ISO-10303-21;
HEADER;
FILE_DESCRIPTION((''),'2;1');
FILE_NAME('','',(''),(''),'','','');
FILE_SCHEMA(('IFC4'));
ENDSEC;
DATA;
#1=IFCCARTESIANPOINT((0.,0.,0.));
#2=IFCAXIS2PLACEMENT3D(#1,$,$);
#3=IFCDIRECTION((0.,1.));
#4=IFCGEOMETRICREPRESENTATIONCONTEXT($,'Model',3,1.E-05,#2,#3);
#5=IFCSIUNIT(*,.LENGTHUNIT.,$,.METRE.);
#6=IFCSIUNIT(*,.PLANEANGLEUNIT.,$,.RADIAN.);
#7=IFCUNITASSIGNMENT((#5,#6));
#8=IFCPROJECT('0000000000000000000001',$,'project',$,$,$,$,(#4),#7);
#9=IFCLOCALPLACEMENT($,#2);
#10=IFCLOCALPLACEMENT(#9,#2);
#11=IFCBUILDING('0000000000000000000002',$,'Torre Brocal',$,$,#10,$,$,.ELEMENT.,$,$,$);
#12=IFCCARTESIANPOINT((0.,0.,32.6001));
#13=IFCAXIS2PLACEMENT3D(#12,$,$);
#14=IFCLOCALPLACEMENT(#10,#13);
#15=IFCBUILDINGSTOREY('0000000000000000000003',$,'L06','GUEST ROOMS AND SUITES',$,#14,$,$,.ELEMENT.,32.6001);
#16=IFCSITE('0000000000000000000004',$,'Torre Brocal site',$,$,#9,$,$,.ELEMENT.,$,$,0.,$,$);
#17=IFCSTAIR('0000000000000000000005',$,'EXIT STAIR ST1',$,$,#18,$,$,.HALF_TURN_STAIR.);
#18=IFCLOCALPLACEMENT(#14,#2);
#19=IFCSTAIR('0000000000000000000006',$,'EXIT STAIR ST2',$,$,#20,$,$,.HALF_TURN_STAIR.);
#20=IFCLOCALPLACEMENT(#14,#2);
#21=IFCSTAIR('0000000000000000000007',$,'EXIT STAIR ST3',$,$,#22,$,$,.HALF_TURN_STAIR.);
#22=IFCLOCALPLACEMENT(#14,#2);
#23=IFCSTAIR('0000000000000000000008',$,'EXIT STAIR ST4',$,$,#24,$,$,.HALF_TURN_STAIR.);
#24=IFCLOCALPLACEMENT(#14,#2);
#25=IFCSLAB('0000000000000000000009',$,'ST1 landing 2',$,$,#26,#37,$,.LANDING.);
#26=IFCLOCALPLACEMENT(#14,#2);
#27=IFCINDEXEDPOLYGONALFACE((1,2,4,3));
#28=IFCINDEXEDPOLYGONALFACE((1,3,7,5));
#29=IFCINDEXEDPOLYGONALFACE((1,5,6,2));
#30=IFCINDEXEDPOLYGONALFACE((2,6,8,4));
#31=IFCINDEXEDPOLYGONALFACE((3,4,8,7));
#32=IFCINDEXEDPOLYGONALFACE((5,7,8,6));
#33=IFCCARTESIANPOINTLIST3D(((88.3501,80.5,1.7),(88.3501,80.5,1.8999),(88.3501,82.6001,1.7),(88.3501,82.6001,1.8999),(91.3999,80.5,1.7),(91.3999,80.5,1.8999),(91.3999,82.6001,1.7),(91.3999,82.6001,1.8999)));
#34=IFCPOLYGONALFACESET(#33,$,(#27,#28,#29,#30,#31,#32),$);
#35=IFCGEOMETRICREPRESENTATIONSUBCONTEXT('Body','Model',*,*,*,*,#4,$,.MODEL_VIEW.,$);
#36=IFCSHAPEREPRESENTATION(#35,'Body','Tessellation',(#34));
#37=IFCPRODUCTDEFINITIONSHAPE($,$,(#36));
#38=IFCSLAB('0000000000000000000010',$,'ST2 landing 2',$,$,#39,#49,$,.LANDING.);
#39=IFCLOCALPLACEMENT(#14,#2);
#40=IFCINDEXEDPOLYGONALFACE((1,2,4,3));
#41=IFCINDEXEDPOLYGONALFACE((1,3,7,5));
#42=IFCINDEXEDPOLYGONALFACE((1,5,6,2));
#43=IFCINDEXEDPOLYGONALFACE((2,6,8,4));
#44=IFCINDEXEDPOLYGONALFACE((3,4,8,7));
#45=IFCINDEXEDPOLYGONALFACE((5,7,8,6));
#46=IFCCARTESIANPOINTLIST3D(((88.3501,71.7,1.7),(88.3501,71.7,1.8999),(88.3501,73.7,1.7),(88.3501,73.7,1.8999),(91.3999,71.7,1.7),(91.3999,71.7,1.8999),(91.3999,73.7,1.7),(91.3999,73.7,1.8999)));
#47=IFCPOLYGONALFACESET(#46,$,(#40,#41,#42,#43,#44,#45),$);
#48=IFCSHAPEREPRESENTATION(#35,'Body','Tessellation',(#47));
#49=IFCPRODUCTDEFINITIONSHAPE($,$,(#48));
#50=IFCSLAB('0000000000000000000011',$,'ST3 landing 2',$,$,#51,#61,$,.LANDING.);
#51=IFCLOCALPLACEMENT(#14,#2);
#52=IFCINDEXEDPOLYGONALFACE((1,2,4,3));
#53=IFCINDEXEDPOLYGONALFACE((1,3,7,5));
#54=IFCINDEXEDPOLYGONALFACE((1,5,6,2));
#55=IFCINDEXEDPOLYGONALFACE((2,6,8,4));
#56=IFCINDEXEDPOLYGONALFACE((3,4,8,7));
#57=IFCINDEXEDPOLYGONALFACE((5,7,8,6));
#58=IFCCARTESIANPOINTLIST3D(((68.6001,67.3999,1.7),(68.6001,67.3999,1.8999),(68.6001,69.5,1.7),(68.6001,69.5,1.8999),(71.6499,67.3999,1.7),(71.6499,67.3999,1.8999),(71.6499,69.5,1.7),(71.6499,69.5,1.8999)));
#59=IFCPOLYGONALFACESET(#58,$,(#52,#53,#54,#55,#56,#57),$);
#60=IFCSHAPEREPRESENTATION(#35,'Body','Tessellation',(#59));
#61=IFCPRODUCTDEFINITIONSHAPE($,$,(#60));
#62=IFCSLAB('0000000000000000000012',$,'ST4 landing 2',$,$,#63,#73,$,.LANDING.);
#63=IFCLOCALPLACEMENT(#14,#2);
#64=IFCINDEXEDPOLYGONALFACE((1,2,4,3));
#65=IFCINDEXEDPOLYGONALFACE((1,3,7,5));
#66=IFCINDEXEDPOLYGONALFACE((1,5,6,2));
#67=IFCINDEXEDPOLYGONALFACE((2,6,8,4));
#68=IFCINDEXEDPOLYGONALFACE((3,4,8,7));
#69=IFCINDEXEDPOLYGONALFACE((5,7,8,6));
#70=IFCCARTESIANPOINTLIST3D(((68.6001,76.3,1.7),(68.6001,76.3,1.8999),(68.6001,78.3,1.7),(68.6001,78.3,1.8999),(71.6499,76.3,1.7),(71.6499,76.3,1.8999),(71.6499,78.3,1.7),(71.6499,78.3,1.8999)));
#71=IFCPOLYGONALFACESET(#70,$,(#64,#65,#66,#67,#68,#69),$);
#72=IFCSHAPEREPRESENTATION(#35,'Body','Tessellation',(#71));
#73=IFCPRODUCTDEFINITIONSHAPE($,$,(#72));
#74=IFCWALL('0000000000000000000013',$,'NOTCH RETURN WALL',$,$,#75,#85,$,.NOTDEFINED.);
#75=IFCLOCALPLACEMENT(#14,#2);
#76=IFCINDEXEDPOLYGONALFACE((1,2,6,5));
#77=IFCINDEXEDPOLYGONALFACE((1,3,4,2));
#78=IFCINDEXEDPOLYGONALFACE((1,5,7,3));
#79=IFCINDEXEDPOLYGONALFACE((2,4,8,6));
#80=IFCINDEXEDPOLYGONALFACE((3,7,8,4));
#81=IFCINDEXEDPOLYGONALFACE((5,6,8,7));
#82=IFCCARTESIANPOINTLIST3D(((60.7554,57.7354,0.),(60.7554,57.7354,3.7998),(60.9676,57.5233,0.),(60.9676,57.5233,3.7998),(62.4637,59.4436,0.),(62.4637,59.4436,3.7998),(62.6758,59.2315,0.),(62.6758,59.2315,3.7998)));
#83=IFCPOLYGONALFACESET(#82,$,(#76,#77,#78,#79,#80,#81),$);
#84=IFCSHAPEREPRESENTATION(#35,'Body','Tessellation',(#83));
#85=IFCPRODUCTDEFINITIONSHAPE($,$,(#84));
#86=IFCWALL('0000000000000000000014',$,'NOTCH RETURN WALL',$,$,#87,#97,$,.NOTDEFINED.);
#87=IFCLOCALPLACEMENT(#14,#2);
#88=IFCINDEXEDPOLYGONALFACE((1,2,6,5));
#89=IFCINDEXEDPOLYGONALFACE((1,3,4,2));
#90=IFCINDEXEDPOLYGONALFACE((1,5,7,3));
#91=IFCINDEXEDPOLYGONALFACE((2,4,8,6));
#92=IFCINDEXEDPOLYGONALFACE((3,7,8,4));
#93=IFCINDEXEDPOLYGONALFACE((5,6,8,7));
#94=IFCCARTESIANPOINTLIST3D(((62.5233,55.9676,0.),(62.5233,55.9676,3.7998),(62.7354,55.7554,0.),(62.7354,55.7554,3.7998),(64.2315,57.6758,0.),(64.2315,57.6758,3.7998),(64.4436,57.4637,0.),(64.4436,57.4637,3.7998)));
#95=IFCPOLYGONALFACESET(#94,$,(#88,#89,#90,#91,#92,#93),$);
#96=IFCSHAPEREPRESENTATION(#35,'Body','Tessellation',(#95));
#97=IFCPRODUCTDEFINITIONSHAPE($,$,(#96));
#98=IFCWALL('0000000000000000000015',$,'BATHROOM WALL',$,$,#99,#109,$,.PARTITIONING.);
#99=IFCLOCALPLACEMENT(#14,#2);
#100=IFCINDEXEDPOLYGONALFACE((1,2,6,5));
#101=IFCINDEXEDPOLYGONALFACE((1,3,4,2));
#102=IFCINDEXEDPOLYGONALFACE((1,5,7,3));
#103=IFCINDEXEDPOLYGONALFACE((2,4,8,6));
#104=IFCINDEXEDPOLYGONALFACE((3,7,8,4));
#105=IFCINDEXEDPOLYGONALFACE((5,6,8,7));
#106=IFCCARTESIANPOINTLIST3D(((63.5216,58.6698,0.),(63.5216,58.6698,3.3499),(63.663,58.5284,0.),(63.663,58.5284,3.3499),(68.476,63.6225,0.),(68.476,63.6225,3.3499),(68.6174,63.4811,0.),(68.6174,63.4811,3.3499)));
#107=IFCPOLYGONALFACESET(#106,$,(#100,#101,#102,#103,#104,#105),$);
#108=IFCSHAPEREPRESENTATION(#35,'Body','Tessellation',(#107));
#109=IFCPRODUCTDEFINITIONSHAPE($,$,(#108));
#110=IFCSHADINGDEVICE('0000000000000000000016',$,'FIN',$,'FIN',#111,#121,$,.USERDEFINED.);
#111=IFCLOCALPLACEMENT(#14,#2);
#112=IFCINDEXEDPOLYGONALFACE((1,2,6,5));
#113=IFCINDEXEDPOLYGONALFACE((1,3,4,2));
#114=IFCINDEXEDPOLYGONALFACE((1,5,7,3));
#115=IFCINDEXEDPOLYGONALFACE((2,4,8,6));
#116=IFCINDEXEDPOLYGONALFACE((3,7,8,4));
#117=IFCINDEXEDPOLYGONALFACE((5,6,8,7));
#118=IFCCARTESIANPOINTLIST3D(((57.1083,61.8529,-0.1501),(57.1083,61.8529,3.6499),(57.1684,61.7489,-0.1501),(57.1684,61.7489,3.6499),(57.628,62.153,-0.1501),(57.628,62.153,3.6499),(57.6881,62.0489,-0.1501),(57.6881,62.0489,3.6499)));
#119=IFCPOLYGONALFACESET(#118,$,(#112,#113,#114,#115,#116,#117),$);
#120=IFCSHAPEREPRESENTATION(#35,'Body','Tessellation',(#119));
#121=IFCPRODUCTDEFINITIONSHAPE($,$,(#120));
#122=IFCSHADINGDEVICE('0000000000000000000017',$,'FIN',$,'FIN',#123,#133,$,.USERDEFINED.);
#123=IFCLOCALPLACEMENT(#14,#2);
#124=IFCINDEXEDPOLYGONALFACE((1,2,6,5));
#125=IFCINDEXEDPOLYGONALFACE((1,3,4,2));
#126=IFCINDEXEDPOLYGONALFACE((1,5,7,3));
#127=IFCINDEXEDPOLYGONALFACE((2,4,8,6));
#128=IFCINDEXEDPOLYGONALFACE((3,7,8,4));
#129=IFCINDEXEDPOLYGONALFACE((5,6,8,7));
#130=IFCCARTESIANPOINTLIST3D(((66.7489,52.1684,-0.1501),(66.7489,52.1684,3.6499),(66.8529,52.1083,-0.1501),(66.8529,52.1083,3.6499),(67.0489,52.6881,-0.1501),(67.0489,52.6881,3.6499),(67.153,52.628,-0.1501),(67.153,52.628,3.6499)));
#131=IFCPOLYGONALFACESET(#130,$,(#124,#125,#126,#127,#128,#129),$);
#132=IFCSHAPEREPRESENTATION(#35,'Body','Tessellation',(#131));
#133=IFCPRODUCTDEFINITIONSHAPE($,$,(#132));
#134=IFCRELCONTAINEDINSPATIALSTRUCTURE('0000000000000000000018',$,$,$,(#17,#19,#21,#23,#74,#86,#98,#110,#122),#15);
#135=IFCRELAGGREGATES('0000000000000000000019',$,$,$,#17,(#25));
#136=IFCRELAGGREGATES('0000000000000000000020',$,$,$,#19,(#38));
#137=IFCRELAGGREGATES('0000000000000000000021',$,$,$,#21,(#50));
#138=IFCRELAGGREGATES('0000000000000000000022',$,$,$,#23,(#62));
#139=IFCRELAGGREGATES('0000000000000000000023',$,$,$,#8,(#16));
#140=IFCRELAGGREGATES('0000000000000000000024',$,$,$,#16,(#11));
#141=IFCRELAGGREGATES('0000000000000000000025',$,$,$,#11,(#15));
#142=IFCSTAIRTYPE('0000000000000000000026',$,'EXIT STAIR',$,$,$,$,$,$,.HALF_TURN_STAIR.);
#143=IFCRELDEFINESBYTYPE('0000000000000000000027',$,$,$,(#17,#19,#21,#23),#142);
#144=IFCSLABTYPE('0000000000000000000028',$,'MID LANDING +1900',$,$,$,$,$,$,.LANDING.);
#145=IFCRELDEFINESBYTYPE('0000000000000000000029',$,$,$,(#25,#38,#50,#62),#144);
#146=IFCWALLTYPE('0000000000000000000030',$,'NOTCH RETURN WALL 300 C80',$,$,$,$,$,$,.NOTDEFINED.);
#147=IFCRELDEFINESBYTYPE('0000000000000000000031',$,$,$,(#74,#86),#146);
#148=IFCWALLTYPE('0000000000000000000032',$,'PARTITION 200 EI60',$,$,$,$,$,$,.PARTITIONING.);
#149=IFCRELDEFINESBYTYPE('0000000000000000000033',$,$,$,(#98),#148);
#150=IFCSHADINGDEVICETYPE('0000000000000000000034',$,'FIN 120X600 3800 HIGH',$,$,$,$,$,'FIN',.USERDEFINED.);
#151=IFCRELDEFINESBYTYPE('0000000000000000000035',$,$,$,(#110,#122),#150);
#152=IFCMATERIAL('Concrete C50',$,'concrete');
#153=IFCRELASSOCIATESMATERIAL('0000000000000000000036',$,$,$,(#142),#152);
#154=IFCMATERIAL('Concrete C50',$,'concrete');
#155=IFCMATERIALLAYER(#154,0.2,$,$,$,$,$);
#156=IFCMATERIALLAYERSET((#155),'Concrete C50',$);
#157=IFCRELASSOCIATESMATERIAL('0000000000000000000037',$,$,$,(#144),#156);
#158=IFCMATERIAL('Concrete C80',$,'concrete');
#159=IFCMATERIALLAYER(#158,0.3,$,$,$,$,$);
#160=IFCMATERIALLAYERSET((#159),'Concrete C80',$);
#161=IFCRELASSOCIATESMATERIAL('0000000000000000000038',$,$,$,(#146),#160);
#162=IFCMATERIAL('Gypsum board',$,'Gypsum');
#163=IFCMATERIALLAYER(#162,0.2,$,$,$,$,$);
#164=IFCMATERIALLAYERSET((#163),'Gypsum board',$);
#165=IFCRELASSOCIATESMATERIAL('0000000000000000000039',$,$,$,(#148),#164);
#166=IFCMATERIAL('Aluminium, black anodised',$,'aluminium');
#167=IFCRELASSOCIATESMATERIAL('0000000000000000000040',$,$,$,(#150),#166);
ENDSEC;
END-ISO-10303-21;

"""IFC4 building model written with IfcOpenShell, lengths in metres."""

from ifc_helpers import new_model, si_unit, direction, frame, frame_2d, origin, origin_2d, place, context, subcontext, project, spatial, polyline, rectangle, outline, extrude, material, layer, layer_set, material_profile, profile_set, type_object, element, aggregate, save


model = new_model("IFC4")

# Units and contexts
model_context = context("Model", 3, precision=1e-05, world=origin(), true_north=direction((0.0, 1.0)))
body_context = subcontext(model_context, "Body", "Model", "MODEL_VIEW")
ifc_project = project(units=[si_unit("LENGTHUNIT", "METRE"), si_unit("PLANEANGLEUNIT", "RADIAN")], contexts=[model_context])

# Site, building, storey
site_placement = place(None, origin())
site = spatial("IfcSite", under=ifc_project, at=site_placement, Name="Torre Brocal site", CompositionType="ELEMENT", RefElevation=0.0)
building_placement = place(site_placement, origin())
building = spatial("IfcBuilding", under=site, at=building_placement, Name="Torre Brocal", CompositionType="ELEMENT")
storey_placement = place(building_placement, frame((0.0, 0.0, 32.6001)))
storey = spatial("IfcBuildingStorey", under=building, at=storey_placement, Name="L06", Description="GUEST ROOMS AND SUITES", CompositionType="ELEMENT", Elevation=32.6001)

# Stairs
ifc_material_1 = material(Name="Concrete C50", Category="concrete")
stair_type = type_object("IfcStairType", Name="EXIT STAIR", PredefinedType="HALF_TURN_STAIR", material=ifc_material_1)
stair_1_placement = place(storey_placement, origin())
stair_1 = element("IfcStair", 1, at=stair_1_placement, inside=storey, type_object=stair_type, Name="EXIT STAIR ST1", PredefinedType="HALF_TURN_STAIR")
stair_2_placement = place(storey_placement, origin())
stair_2 = element("IfcStair", 2, at=stair_2_placement, inside=storey, type_object=stair_type, Name="EXIT STAIR ST2", PredefinedType="HALF_TURN_STAIR")
stair_3_placement = place(storey_placement, origin())
stair_3 = element("IfcStair", 3, at=stair_3_placement, inside=storey, type_object=stair_type, Name="EXIT STAIR ST3", PredefinedType="HALF_TURN_STAIR")
stair_4_placement = place(storey_placement, origin())
stair_4 = element("IfcStair", 4, at=stair_4_placement, inside=storey, type_object=stair_type, Name="EXIT STAIR ST4", PredefinedType="HALF_TURN_STAIR")

# Slabs
ifc_material_2 = material(Name="Concrete C50", Category="concrete")
ifc_layer_1 = layer(ifc_material_2, 0.2)
ifc_layer_set_1 = layer_set([ifc_layer_1], Name="Concrete C50")
slab_type_1 = type_object("IfcSlabType", Name="MID LANDING +1900", PredefinedType="LANDING", material=ifc_layer_set_1)
slab_1_placement = place(storey_placement, frame((0.0, 0.0, 1.7)))
slab_1 = element("IfcSlab", 5, at=slab_1_placement, type_object=slab_type_1, Name="ST1 landing 2", PredefinedType="LANDING", context=body_context, shape_type="SweptSolid", body=[
    extrude(outline(polyline([(88.3501, 80.5), (91.3999, 80.5), (91.3999, 82.6001), (88.3501, 82.6001), (88.3501, 80.5)])), origin(), (0.0, 0.0, 1.0), 0.2),
])
aggregate(stair_1, [slab_1])
slab_2_placement = place(storey_placement, frame((0.0, 0.0, 1.7)))
slab_2 = element("IfcSlab", 6, at=slab_2_placement, type_object=slab_type_1, Name="ST2 landing 2", PredefinedType="LANDING", context=body_context, shape_type="SweptSolid", body=[
    extrude(outline(polyline([(88.3501, 71.7), (91.3999, 71.7), (91.3999, 73.7), (88.3501, 73.7), (88.3501, 71.7)])), origin(), (0.0, 0.0, 1.0), 0.2),
])
aggregate(stair_2, [slab_2])
slab_3_placement = place(storey_placement, frame((0.0, 0.0, 1.7)))
slab_3 = element("IfcSlab", 7, at=slab_3_placement, type_object=slab_type_1, Name="ST3 landing 2", PredefinedType="LANDING", context=body_context, shape_type="SweptSolid", body=[
    extrude(outline(polyline([(71.6499, 69.5), (68.6001, 69.5), (68.6001, 67.3999), (71.6499, 67.3999), (71.6499, 69.5)])), origin(), (0.0, 0.0, 1.0), 0.2),
])
aggregate(stair_3, [slab_3])
slab_4_placement = place(storey_placement, frame((0.0, 0.0, 1.7)))
slab_4 = element("IfcSlab", 8, at=slab_4_placement, type_object=slab_type_1, Name="ST4 landing 2", PredefinedType="LANDING", context=body_context, shape_type="SweptSolid", body=[
    extrude(outline(polyline([(71.6499, 78.3), (68.6001, 78.3), (68.6001, 76.3), (71.6499, 76.3), (71.6499, 78.3)])), origin(), (0.0, 0.0, 1.0), 0.2),
])
aggregate(stair_4, [slab_4])

# Walls
ifc_material_3 = material(Name="Concrete C80", Category="concrete")
ifc_layer_2 = layer(ifc_material_3, 0.3)
ifc_layer_set_2 = layer_set([ifc_layer_2], Name="Concrete C80")
wall_type_1 = type_object("IfcWallType", Name="NOTCH RETURN WALL 300 C80", PredefinedType="NOTDEFINED", material=ifc_layer_set_2)
for number, where, z_axis, x_axis, name in (
    (9, (62.5698, 59.3376, 0.0), (0.0, 0.0, 1.0), (-0.707107, -0.707107, 0.0), "NOTCH RETURN WALL"),
    (10, (64.3376, 57.5698, 0.0), (0.0, 0.0, 1.0), (-0.707107, -0.707107, 0.0), "NOTCH RETURN WALL"),
):
    element("IfcWall", number, at=place(storey_placement, frame(where, z_axis=z_axis, x_axis=x_axis)), inside=storey, type_object=wall_type_1, Name=name, PredefinedType="NOTDEFINED", context=body_context, shape_type="SweptSolid", body=[
        extrude(rectangle(XDim=2.4158, YDim=0.3, at=frame_2d((1.208, 0.0))), origin(), (0.0, 0.0, 1.0), 3.7998),
    ])
ifc_material_4 = material(Name="Gypsum board", Category="Gypsum")
ifc_layer_3 = layer(ifc_material_4, 0.2)
ifc_layer_set_3 = layer_set([ifc_layer_3], Name="Gypsum board")
wall_type_2 = type_object("IfcWallType", Name="PARTITION 200 EI60", PredefinedType="PARTITIONING", material=ifc_layer_set_3)
wall_placement = place(storey_placement, frame((63.5923, 58.5991, 0.0), z_axis=(0.0, 0.0, 1.0), x_axis=(0.707229, 0.706985, 0.0)))
element("IfcWall", 11, at=wall_placement, inside=storey, type_object=wall_type_2, Name="BATHROOM WALL", PredefinedType="PARTITIONING", context=body_context, shape_type="SweptSolid", body=[
    extrude(rectangle(XDim=7.0054, YDim=0.2, at=frame_2d((3.5027, 0.0))), origin(), (0.0, 0.0, 1.0), 3.3499),
])

# Shading devices
ifc_material_5 = material(Name="Aluminium, black anodised", Category="aluminium")
ifc_material_profile_1 = material_profile(ifc_material_5, rectangle(XDim=0.1201, YDim=0.6001, at=origin_2d()), Name="FIN 120X600 3800 HIGH")
ifc_profile_set_1 = profile_set([ifc_material_profile_1], Name="Aluminium, black anodised")
shading_device_type = type_object("IfcShadingDeviceType", Name="FIN 120X600 3800 HIGH", ElementType="FIN", PredefinedType="USERDEFINED", material=ifc_profile_set_1)
for number, where, z_axis, x_axis, name in (
    (12, (57.3982, 61.9509, -0.1501), (0.0, 0.0, 1.0), (0.5, -0.866025, 0.0), "FIN"),
    (13, (66.9509, 52.3982, -0.1501), (0.0, 0.0, 1.0), (0.866025, -0.5, 0.0), "FIN"),
):
    element("IfcShadingDevice", number, at=place(storey_placement, frame(where, z_axis=z_axis, x_axis=x_axis)), inside=storey, type_object=shading_device_type, Name=name, ObjectType="FIN", PredefinedType="USERDEFINED", context=body_context, shape_type="SweptSolid", body=[
        extrude(rectangle(XDim=0.1201, YDim=0.6001, at=origin_2d()), origin(), (0.0, 0.0, 1.0), 3.8),
    ])

save(model, "model.ifc")
